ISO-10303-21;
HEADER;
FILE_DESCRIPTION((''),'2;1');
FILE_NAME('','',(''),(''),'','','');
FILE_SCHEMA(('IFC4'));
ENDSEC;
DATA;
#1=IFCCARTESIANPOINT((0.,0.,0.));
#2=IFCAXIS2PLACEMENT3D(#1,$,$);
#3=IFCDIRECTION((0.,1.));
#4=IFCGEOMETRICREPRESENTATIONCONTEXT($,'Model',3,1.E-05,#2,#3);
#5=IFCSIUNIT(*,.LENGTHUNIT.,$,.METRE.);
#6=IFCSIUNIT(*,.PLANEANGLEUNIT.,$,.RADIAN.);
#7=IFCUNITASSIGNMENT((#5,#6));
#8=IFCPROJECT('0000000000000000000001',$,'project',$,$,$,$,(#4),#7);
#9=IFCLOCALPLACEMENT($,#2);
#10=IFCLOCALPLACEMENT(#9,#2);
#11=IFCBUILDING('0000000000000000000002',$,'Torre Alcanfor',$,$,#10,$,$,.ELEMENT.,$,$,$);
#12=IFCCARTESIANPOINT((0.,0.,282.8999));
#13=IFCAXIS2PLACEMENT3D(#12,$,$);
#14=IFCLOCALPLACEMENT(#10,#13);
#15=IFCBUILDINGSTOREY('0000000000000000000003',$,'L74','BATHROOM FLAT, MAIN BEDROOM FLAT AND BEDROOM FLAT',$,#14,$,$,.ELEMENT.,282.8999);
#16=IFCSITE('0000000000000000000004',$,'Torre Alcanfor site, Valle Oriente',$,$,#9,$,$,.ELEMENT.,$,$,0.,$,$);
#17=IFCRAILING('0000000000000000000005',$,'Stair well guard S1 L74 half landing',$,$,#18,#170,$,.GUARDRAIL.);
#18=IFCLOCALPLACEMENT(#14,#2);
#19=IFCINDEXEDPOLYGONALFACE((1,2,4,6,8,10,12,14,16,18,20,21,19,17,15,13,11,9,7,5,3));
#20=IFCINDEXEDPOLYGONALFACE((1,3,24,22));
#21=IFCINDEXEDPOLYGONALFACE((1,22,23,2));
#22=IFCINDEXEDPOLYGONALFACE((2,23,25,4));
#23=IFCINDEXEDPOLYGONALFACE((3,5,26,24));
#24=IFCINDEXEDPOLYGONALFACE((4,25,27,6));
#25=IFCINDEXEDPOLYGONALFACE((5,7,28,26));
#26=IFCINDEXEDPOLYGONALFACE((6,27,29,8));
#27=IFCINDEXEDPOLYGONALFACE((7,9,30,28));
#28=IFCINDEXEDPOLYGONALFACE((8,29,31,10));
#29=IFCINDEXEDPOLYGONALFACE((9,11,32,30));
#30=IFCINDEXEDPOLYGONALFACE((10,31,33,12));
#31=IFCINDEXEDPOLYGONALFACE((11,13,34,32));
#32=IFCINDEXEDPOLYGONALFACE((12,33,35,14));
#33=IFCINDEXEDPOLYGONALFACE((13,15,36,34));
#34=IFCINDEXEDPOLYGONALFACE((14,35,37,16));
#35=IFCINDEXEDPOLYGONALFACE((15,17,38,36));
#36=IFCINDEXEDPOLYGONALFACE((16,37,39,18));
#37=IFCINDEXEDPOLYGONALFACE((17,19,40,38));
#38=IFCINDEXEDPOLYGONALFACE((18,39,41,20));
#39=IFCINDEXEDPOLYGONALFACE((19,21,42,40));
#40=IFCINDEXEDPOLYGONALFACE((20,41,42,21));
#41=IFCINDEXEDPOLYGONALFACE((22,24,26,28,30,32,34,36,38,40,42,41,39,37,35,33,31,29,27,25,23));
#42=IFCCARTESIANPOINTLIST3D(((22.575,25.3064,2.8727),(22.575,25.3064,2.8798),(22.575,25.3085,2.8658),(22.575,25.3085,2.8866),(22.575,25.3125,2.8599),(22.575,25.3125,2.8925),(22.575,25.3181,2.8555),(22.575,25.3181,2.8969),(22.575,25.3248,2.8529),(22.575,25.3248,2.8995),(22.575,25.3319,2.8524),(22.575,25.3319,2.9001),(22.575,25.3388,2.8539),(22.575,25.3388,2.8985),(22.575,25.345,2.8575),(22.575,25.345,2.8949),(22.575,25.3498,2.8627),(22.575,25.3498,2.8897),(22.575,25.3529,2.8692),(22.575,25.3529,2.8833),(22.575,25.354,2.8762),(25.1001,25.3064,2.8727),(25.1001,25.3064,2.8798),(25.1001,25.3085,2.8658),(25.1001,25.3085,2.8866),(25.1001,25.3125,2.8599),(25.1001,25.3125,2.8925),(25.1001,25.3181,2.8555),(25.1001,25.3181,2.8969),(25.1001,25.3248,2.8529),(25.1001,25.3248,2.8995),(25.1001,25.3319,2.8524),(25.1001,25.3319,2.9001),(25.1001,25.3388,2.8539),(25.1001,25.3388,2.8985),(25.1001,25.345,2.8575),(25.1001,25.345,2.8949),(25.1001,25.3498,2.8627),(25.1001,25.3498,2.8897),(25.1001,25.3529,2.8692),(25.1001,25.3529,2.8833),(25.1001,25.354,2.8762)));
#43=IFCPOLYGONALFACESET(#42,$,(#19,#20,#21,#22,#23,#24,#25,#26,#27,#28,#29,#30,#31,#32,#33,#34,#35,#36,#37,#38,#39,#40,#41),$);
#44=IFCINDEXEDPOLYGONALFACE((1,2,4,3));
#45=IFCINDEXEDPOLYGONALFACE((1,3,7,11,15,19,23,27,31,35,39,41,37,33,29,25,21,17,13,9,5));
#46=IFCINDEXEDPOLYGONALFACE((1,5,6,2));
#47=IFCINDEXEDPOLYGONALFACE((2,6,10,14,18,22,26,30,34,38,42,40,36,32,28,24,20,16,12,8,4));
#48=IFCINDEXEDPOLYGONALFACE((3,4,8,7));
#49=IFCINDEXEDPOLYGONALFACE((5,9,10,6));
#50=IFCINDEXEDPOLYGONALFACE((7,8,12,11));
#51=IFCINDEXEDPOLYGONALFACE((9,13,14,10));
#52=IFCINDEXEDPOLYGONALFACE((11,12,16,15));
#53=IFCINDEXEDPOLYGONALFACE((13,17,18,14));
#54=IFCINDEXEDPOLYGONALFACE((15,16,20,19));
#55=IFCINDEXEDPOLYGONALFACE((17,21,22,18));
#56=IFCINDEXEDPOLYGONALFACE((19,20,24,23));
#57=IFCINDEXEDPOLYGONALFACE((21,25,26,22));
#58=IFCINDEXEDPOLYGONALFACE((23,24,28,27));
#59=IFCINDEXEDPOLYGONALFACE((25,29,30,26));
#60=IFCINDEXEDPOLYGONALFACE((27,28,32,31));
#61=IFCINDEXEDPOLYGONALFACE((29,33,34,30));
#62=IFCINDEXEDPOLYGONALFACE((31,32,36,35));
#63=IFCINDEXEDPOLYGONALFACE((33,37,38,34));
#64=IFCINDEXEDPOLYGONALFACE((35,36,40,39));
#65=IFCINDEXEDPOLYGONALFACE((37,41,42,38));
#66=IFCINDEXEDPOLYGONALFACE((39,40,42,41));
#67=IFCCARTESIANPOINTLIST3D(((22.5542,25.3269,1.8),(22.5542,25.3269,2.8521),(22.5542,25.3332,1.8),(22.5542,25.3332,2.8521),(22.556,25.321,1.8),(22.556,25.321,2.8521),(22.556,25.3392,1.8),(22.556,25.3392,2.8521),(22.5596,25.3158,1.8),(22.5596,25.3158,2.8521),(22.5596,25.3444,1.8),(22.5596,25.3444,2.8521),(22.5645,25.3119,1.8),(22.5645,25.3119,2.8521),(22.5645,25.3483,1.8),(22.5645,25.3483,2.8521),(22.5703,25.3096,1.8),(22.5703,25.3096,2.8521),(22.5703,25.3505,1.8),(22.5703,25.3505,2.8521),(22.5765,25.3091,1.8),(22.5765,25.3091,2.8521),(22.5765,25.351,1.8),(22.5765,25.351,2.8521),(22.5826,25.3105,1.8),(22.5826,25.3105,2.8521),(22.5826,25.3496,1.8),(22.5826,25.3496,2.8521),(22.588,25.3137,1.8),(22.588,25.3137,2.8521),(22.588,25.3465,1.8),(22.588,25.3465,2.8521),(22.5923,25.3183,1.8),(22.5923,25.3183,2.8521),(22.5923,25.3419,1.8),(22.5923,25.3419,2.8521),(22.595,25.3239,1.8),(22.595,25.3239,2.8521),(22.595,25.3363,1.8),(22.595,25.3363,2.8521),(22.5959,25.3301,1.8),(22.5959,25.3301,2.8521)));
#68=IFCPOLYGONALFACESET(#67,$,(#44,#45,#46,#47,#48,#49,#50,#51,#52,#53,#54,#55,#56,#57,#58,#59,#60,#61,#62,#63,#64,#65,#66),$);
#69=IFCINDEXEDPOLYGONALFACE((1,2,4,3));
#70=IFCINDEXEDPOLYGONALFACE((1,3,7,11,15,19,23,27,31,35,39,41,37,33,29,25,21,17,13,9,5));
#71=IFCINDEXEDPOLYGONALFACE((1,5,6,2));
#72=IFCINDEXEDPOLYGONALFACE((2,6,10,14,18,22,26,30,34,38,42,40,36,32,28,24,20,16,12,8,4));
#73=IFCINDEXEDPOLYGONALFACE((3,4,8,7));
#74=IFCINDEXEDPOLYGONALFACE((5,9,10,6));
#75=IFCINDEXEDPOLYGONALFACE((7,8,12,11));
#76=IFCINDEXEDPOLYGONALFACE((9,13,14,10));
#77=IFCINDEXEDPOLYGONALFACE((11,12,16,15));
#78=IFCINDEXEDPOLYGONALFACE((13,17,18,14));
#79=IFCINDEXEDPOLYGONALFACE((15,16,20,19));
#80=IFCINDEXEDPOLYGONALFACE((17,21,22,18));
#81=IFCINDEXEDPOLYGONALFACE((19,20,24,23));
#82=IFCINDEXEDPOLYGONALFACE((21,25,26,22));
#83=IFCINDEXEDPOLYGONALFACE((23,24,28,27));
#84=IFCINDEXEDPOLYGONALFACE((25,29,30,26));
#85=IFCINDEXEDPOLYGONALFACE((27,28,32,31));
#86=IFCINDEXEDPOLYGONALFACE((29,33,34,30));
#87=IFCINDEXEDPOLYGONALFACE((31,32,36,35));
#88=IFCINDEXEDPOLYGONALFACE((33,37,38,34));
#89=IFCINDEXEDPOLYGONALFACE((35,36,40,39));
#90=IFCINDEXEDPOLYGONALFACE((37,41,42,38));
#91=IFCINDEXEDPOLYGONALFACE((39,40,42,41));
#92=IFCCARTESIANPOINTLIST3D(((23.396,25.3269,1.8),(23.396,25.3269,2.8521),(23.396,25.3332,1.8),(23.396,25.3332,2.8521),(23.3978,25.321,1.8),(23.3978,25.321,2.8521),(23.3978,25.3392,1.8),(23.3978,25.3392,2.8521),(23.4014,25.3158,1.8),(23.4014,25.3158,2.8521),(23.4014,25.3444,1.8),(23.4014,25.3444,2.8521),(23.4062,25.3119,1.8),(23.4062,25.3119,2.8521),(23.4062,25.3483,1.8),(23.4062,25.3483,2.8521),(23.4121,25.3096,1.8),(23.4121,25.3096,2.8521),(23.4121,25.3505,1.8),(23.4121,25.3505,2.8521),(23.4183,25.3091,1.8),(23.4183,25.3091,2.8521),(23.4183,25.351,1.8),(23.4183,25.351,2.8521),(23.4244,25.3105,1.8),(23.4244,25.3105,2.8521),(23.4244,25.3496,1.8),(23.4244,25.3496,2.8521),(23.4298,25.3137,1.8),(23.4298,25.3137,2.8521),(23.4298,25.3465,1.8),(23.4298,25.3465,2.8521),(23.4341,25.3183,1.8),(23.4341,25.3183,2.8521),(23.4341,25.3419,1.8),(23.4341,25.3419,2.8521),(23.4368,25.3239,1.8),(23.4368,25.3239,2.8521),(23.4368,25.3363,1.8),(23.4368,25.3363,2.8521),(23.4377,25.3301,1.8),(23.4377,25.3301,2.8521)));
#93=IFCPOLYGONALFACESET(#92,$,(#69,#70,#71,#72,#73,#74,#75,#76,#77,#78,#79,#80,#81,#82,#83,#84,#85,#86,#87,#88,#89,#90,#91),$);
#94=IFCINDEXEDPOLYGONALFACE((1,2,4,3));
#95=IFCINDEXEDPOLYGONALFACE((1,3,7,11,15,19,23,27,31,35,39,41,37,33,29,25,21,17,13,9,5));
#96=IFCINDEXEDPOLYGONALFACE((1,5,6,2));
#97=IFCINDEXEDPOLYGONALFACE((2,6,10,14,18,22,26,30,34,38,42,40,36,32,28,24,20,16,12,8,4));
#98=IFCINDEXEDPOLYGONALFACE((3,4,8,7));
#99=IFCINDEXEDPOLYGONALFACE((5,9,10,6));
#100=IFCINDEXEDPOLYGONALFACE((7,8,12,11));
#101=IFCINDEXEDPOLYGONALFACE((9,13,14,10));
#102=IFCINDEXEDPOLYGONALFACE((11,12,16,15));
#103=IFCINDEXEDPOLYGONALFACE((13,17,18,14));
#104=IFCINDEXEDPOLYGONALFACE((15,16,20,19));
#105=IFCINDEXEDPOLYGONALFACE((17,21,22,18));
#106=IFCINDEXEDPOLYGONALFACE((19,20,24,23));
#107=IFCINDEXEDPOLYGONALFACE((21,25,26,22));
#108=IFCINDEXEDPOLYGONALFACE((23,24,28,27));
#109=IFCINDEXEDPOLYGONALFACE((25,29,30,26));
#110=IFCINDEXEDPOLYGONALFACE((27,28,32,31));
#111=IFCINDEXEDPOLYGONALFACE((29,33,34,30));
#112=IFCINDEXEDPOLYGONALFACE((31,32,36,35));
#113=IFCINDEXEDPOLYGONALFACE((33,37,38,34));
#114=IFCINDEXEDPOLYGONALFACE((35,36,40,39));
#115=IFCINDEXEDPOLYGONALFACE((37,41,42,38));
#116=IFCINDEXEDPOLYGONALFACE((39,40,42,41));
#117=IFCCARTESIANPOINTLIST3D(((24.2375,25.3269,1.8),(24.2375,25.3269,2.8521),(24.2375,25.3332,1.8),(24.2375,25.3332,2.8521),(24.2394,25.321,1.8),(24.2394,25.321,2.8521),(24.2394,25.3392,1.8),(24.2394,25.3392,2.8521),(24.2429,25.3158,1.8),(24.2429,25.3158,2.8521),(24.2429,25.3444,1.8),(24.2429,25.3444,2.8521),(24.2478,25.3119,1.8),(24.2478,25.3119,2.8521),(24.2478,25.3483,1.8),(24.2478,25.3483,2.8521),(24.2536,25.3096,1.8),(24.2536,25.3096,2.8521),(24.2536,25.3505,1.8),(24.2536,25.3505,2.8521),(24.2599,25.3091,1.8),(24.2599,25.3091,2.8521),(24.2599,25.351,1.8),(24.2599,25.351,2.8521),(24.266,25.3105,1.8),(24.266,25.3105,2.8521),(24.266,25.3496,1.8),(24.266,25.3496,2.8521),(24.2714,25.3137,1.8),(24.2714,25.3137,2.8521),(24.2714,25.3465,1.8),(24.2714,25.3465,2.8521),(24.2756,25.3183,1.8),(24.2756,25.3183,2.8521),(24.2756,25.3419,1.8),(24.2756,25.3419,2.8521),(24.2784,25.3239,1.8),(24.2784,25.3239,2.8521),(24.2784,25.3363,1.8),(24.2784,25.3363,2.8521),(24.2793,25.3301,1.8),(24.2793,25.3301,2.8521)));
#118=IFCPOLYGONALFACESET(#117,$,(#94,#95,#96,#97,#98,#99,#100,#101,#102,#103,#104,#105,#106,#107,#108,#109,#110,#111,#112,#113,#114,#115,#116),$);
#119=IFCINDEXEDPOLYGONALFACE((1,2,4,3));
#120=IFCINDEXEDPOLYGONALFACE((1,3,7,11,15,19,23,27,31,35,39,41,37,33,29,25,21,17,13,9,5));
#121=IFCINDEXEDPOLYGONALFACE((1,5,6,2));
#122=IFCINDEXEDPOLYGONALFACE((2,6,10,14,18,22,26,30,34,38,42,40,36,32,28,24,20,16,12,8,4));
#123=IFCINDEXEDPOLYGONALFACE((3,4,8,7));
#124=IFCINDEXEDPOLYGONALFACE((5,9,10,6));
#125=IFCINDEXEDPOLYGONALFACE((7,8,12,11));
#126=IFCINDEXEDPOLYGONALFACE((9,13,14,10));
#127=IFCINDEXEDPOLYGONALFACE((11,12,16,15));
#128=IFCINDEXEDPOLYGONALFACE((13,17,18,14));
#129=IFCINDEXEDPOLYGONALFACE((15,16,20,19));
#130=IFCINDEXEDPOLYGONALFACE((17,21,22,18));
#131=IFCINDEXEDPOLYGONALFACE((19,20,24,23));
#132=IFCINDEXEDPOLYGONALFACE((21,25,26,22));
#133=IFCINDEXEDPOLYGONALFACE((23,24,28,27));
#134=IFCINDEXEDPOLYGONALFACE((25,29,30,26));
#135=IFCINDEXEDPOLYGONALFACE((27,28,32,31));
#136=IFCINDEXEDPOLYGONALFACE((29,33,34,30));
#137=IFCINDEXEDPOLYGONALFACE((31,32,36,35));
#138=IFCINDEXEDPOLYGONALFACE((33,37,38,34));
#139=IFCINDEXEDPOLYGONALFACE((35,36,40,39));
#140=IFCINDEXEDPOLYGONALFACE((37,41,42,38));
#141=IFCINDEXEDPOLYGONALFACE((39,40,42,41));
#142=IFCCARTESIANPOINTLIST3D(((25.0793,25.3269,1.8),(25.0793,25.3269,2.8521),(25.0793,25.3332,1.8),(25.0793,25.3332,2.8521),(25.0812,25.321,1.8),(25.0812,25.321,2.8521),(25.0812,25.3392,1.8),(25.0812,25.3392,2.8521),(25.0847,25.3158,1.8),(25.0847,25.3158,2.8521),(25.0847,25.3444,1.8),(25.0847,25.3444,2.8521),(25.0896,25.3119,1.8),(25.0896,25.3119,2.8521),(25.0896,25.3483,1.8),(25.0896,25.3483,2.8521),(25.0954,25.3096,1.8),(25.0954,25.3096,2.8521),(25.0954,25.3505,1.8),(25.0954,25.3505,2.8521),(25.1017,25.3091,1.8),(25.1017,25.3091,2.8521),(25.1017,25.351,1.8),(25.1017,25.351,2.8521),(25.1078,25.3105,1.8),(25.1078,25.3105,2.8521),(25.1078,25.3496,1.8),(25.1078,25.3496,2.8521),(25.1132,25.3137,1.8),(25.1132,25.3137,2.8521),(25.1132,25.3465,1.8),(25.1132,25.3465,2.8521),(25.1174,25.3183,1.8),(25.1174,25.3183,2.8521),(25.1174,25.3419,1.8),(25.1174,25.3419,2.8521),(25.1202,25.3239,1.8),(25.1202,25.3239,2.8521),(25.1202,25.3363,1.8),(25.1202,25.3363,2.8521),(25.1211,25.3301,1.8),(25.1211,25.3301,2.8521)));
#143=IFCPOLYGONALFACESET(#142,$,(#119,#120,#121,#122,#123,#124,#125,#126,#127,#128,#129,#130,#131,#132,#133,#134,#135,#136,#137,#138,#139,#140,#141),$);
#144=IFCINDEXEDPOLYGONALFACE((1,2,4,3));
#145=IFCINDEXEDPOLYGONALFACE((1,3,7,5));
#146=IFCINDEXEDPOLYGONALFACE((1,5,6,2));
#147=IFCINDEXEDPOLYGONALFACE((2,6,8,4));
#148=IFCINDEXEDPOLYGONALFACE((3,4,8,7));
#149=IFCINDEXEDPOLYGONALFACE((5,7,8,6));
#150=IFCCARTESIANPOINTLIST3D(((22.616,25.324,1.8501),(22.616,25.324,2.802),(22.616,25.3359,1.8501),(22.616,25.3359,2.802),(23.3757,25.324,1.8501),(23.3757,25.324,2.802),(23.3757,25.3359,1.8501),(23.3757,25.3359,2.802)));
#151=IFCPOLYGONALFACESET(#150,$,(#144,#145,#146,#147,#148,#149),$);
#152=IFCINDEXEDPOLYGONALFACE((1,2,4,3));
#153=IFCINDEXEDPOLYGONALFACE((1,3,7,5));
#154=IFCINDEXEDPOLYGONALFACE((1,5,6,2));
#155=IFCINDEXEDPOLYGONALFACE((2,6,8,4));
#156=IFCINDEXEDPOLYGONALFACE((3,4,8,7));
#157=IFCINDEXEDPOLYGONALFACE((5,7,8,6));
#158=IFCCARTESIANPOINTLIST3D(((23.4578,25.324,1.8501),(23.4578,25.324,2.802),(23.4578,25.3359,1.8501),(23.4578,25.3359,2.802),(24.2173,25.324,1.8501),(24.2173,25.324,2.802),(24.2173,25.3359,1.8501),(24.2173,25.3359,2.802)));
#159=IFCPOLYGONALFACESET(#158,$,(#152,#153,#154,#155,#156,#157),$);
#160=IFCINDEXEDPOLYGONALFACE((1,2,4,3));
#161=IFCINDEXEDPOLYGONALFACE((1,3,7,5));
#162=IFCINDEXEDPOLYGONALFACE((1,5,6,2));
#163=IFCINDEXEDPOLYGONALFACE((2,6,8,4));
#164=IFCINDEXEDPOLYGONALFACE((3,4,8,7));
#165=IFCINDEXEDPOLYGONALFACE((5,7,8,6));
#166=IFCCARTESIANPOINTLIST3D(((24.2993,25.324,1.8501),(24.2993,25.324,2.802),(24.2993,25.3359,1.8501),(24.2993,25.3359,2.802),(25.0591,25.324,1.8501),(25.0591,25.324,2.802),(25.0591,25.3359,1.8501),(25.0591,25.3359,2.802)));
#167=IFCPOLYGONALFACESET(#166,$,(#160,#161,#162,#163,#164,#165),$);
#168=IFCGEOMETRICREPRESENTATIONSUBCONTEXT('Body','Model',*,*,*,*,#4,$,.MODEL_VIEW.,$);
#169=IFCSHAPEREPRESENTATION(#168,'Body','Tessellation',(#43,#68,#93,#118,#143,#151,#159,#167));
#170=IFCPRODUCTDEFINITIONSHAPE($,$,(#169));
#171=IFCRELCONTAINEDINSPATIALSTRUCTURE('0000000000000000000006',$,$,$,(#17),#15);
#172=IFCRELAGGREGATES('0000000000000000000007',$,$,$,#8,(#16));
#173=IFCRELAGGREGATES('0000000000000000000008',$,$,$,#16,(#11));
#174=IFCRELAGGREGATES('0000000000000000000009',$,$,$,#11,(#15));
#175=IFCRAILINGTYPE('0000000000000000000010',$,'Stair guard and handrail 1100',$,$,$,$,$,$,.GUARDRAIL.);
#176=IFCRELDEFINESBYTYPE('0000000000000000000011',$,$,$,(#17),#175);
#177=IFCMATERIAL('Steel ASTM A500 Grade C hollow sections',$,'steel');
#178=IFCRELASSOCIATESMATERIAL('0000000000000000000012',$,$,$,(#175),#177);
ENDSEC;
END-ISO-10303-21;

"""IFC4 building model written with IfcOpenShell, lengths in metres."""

from ifc_helpers import new_model, si_unit, direction, frame, origin, origin_2d, place, context, subcontext, project, spatial, polyline, circle, outline, extrude, material, type_object, element, save


model = new_model("IFC4")

# Units and contexts
model_context = context("Model", 3, precision=1e-05, world=origin(), true_north=direction((0.0, 1.0)))
body_context = subcontext(model_context, "Body", "Model", "MODEL_VIEW")
ifc_project = project(units=[si_unit("LENGTHUNIT", "METRE"), si_unit("PLANEANGLEUNIT", "RADIAN")], contexts=[model_context])

# Site, building, storey
site_placement = place(None, origin())
site = spatial("IfcSite", under=ifc_project, at=site_placement, Name="Torre Alcanfor site, Valle Oriente", CompositionType="ELEMENT", RefElevation=0.0)
building_placement = place(site_placement, origin())
building = spatial("IfcBuilding", under=site, at=building_placement, Name="Torre Alcanfor", CompositionType="ELEMENT")
storey_placement = place(building_placement, frame((0.0, 0.0, 282.8999)))
storey = spatial("IfcBuildingStorey", under=building, at=storey_placement, Name="L74", Description="BATHROOM FLAT, MAIN BEDROOM FLAT AND BEDROOM FLAT", CompositionType="ELEMENT", Elevation=282.8999)

# Railing
ifc_material_1 = material(Name="Steel ASTM A500 Grade C hollow sections", Category="steel")
railing_type_1 = type_object("IfcRailingType", Name="Stair guard and handrail 1100", PredefinedType="GUARDRAIL", material=ifc_material_1)
railing_1_placement = place(storey_placement, frame((22.575, 25.3301, 1.8)))
element("IfcRailing", 1, at=railing_1_placement, inside=storey, type_object=railing_type_1, Name="Stair well guard S1 L74 half landing", PredefinedType="GUARDRAIL", context=body_context, shape_type="SweptSolid", body=[
    extrude(circle(Radius=0.0239, at=origin_2d()), frame((0.0, 0.0, 1.0762), z_axis=(1.0, 0.0, 0.0), x_axis=(0.0, 1.0, 0.0)), (0.0, 0.0, 1.0), 2.5251),
    extrude(circle(Radius=0.021, at=origin_2d()), origin(), (0.0, 0.0, 1.0), 1.052),
    extrude(circle(Radius=0.021, at=origin_2d()), frame((0.8418, 0.0, 0.0)), (0.0, 0.0, 1.0), 1.052),
    extrude(circle(Radius=0.021, at=origin_2d()), frame((1.6833, 0.0, 0.0)), (0.0, 0.0, 1.0), 1.052),
    extrude(circle(Radius=0.021, at=origin_2d()), frame((2.5251, 0.0, 0.0)), (0.0, 0.0, 1.0), 1.052),
    extrude(outline(polyline([(0.041, 0.05), (0.8008, 0.05), (0.8008, 1.002), (0.041, 1.002), (0.041, 0.05)])), frame((0.0, 0.0059, 0.0), z_axis=(0.0, -1.0, 0.0), x_axis=(1.0, 0.0, 0.0)), (0.0, 0.0, 1.0), 0.012),
    extrude(outline(polyline([(0.8828, 0.05), (1.6423, 0.05), (1.6423, 1.002), (0.8828, 1.002), (0.8828, 0.05)])), frame((0.0, 0.0059, 0.0), z_axis=(0.0, -1.0, 0.0), x_axis=(1.0, 0.0, 0.0)), (0.0, 0.0, 1.0), 0.012),
    extrude(outline(polyline([(1.7244, 0.05), (2.4841, 0.05), (2.4841, 1.002), (1.7244, 1.002), (1.7244, 0.05)])), frame((0.0, 0.0059, 0.0), z_axis=(0.0, -1.0, 0.0), x_axis=(1.0, 0.0, 0.0)), (0.0, 0.0, 1.0), 0.012),
])

save(model, "model.ifc")
